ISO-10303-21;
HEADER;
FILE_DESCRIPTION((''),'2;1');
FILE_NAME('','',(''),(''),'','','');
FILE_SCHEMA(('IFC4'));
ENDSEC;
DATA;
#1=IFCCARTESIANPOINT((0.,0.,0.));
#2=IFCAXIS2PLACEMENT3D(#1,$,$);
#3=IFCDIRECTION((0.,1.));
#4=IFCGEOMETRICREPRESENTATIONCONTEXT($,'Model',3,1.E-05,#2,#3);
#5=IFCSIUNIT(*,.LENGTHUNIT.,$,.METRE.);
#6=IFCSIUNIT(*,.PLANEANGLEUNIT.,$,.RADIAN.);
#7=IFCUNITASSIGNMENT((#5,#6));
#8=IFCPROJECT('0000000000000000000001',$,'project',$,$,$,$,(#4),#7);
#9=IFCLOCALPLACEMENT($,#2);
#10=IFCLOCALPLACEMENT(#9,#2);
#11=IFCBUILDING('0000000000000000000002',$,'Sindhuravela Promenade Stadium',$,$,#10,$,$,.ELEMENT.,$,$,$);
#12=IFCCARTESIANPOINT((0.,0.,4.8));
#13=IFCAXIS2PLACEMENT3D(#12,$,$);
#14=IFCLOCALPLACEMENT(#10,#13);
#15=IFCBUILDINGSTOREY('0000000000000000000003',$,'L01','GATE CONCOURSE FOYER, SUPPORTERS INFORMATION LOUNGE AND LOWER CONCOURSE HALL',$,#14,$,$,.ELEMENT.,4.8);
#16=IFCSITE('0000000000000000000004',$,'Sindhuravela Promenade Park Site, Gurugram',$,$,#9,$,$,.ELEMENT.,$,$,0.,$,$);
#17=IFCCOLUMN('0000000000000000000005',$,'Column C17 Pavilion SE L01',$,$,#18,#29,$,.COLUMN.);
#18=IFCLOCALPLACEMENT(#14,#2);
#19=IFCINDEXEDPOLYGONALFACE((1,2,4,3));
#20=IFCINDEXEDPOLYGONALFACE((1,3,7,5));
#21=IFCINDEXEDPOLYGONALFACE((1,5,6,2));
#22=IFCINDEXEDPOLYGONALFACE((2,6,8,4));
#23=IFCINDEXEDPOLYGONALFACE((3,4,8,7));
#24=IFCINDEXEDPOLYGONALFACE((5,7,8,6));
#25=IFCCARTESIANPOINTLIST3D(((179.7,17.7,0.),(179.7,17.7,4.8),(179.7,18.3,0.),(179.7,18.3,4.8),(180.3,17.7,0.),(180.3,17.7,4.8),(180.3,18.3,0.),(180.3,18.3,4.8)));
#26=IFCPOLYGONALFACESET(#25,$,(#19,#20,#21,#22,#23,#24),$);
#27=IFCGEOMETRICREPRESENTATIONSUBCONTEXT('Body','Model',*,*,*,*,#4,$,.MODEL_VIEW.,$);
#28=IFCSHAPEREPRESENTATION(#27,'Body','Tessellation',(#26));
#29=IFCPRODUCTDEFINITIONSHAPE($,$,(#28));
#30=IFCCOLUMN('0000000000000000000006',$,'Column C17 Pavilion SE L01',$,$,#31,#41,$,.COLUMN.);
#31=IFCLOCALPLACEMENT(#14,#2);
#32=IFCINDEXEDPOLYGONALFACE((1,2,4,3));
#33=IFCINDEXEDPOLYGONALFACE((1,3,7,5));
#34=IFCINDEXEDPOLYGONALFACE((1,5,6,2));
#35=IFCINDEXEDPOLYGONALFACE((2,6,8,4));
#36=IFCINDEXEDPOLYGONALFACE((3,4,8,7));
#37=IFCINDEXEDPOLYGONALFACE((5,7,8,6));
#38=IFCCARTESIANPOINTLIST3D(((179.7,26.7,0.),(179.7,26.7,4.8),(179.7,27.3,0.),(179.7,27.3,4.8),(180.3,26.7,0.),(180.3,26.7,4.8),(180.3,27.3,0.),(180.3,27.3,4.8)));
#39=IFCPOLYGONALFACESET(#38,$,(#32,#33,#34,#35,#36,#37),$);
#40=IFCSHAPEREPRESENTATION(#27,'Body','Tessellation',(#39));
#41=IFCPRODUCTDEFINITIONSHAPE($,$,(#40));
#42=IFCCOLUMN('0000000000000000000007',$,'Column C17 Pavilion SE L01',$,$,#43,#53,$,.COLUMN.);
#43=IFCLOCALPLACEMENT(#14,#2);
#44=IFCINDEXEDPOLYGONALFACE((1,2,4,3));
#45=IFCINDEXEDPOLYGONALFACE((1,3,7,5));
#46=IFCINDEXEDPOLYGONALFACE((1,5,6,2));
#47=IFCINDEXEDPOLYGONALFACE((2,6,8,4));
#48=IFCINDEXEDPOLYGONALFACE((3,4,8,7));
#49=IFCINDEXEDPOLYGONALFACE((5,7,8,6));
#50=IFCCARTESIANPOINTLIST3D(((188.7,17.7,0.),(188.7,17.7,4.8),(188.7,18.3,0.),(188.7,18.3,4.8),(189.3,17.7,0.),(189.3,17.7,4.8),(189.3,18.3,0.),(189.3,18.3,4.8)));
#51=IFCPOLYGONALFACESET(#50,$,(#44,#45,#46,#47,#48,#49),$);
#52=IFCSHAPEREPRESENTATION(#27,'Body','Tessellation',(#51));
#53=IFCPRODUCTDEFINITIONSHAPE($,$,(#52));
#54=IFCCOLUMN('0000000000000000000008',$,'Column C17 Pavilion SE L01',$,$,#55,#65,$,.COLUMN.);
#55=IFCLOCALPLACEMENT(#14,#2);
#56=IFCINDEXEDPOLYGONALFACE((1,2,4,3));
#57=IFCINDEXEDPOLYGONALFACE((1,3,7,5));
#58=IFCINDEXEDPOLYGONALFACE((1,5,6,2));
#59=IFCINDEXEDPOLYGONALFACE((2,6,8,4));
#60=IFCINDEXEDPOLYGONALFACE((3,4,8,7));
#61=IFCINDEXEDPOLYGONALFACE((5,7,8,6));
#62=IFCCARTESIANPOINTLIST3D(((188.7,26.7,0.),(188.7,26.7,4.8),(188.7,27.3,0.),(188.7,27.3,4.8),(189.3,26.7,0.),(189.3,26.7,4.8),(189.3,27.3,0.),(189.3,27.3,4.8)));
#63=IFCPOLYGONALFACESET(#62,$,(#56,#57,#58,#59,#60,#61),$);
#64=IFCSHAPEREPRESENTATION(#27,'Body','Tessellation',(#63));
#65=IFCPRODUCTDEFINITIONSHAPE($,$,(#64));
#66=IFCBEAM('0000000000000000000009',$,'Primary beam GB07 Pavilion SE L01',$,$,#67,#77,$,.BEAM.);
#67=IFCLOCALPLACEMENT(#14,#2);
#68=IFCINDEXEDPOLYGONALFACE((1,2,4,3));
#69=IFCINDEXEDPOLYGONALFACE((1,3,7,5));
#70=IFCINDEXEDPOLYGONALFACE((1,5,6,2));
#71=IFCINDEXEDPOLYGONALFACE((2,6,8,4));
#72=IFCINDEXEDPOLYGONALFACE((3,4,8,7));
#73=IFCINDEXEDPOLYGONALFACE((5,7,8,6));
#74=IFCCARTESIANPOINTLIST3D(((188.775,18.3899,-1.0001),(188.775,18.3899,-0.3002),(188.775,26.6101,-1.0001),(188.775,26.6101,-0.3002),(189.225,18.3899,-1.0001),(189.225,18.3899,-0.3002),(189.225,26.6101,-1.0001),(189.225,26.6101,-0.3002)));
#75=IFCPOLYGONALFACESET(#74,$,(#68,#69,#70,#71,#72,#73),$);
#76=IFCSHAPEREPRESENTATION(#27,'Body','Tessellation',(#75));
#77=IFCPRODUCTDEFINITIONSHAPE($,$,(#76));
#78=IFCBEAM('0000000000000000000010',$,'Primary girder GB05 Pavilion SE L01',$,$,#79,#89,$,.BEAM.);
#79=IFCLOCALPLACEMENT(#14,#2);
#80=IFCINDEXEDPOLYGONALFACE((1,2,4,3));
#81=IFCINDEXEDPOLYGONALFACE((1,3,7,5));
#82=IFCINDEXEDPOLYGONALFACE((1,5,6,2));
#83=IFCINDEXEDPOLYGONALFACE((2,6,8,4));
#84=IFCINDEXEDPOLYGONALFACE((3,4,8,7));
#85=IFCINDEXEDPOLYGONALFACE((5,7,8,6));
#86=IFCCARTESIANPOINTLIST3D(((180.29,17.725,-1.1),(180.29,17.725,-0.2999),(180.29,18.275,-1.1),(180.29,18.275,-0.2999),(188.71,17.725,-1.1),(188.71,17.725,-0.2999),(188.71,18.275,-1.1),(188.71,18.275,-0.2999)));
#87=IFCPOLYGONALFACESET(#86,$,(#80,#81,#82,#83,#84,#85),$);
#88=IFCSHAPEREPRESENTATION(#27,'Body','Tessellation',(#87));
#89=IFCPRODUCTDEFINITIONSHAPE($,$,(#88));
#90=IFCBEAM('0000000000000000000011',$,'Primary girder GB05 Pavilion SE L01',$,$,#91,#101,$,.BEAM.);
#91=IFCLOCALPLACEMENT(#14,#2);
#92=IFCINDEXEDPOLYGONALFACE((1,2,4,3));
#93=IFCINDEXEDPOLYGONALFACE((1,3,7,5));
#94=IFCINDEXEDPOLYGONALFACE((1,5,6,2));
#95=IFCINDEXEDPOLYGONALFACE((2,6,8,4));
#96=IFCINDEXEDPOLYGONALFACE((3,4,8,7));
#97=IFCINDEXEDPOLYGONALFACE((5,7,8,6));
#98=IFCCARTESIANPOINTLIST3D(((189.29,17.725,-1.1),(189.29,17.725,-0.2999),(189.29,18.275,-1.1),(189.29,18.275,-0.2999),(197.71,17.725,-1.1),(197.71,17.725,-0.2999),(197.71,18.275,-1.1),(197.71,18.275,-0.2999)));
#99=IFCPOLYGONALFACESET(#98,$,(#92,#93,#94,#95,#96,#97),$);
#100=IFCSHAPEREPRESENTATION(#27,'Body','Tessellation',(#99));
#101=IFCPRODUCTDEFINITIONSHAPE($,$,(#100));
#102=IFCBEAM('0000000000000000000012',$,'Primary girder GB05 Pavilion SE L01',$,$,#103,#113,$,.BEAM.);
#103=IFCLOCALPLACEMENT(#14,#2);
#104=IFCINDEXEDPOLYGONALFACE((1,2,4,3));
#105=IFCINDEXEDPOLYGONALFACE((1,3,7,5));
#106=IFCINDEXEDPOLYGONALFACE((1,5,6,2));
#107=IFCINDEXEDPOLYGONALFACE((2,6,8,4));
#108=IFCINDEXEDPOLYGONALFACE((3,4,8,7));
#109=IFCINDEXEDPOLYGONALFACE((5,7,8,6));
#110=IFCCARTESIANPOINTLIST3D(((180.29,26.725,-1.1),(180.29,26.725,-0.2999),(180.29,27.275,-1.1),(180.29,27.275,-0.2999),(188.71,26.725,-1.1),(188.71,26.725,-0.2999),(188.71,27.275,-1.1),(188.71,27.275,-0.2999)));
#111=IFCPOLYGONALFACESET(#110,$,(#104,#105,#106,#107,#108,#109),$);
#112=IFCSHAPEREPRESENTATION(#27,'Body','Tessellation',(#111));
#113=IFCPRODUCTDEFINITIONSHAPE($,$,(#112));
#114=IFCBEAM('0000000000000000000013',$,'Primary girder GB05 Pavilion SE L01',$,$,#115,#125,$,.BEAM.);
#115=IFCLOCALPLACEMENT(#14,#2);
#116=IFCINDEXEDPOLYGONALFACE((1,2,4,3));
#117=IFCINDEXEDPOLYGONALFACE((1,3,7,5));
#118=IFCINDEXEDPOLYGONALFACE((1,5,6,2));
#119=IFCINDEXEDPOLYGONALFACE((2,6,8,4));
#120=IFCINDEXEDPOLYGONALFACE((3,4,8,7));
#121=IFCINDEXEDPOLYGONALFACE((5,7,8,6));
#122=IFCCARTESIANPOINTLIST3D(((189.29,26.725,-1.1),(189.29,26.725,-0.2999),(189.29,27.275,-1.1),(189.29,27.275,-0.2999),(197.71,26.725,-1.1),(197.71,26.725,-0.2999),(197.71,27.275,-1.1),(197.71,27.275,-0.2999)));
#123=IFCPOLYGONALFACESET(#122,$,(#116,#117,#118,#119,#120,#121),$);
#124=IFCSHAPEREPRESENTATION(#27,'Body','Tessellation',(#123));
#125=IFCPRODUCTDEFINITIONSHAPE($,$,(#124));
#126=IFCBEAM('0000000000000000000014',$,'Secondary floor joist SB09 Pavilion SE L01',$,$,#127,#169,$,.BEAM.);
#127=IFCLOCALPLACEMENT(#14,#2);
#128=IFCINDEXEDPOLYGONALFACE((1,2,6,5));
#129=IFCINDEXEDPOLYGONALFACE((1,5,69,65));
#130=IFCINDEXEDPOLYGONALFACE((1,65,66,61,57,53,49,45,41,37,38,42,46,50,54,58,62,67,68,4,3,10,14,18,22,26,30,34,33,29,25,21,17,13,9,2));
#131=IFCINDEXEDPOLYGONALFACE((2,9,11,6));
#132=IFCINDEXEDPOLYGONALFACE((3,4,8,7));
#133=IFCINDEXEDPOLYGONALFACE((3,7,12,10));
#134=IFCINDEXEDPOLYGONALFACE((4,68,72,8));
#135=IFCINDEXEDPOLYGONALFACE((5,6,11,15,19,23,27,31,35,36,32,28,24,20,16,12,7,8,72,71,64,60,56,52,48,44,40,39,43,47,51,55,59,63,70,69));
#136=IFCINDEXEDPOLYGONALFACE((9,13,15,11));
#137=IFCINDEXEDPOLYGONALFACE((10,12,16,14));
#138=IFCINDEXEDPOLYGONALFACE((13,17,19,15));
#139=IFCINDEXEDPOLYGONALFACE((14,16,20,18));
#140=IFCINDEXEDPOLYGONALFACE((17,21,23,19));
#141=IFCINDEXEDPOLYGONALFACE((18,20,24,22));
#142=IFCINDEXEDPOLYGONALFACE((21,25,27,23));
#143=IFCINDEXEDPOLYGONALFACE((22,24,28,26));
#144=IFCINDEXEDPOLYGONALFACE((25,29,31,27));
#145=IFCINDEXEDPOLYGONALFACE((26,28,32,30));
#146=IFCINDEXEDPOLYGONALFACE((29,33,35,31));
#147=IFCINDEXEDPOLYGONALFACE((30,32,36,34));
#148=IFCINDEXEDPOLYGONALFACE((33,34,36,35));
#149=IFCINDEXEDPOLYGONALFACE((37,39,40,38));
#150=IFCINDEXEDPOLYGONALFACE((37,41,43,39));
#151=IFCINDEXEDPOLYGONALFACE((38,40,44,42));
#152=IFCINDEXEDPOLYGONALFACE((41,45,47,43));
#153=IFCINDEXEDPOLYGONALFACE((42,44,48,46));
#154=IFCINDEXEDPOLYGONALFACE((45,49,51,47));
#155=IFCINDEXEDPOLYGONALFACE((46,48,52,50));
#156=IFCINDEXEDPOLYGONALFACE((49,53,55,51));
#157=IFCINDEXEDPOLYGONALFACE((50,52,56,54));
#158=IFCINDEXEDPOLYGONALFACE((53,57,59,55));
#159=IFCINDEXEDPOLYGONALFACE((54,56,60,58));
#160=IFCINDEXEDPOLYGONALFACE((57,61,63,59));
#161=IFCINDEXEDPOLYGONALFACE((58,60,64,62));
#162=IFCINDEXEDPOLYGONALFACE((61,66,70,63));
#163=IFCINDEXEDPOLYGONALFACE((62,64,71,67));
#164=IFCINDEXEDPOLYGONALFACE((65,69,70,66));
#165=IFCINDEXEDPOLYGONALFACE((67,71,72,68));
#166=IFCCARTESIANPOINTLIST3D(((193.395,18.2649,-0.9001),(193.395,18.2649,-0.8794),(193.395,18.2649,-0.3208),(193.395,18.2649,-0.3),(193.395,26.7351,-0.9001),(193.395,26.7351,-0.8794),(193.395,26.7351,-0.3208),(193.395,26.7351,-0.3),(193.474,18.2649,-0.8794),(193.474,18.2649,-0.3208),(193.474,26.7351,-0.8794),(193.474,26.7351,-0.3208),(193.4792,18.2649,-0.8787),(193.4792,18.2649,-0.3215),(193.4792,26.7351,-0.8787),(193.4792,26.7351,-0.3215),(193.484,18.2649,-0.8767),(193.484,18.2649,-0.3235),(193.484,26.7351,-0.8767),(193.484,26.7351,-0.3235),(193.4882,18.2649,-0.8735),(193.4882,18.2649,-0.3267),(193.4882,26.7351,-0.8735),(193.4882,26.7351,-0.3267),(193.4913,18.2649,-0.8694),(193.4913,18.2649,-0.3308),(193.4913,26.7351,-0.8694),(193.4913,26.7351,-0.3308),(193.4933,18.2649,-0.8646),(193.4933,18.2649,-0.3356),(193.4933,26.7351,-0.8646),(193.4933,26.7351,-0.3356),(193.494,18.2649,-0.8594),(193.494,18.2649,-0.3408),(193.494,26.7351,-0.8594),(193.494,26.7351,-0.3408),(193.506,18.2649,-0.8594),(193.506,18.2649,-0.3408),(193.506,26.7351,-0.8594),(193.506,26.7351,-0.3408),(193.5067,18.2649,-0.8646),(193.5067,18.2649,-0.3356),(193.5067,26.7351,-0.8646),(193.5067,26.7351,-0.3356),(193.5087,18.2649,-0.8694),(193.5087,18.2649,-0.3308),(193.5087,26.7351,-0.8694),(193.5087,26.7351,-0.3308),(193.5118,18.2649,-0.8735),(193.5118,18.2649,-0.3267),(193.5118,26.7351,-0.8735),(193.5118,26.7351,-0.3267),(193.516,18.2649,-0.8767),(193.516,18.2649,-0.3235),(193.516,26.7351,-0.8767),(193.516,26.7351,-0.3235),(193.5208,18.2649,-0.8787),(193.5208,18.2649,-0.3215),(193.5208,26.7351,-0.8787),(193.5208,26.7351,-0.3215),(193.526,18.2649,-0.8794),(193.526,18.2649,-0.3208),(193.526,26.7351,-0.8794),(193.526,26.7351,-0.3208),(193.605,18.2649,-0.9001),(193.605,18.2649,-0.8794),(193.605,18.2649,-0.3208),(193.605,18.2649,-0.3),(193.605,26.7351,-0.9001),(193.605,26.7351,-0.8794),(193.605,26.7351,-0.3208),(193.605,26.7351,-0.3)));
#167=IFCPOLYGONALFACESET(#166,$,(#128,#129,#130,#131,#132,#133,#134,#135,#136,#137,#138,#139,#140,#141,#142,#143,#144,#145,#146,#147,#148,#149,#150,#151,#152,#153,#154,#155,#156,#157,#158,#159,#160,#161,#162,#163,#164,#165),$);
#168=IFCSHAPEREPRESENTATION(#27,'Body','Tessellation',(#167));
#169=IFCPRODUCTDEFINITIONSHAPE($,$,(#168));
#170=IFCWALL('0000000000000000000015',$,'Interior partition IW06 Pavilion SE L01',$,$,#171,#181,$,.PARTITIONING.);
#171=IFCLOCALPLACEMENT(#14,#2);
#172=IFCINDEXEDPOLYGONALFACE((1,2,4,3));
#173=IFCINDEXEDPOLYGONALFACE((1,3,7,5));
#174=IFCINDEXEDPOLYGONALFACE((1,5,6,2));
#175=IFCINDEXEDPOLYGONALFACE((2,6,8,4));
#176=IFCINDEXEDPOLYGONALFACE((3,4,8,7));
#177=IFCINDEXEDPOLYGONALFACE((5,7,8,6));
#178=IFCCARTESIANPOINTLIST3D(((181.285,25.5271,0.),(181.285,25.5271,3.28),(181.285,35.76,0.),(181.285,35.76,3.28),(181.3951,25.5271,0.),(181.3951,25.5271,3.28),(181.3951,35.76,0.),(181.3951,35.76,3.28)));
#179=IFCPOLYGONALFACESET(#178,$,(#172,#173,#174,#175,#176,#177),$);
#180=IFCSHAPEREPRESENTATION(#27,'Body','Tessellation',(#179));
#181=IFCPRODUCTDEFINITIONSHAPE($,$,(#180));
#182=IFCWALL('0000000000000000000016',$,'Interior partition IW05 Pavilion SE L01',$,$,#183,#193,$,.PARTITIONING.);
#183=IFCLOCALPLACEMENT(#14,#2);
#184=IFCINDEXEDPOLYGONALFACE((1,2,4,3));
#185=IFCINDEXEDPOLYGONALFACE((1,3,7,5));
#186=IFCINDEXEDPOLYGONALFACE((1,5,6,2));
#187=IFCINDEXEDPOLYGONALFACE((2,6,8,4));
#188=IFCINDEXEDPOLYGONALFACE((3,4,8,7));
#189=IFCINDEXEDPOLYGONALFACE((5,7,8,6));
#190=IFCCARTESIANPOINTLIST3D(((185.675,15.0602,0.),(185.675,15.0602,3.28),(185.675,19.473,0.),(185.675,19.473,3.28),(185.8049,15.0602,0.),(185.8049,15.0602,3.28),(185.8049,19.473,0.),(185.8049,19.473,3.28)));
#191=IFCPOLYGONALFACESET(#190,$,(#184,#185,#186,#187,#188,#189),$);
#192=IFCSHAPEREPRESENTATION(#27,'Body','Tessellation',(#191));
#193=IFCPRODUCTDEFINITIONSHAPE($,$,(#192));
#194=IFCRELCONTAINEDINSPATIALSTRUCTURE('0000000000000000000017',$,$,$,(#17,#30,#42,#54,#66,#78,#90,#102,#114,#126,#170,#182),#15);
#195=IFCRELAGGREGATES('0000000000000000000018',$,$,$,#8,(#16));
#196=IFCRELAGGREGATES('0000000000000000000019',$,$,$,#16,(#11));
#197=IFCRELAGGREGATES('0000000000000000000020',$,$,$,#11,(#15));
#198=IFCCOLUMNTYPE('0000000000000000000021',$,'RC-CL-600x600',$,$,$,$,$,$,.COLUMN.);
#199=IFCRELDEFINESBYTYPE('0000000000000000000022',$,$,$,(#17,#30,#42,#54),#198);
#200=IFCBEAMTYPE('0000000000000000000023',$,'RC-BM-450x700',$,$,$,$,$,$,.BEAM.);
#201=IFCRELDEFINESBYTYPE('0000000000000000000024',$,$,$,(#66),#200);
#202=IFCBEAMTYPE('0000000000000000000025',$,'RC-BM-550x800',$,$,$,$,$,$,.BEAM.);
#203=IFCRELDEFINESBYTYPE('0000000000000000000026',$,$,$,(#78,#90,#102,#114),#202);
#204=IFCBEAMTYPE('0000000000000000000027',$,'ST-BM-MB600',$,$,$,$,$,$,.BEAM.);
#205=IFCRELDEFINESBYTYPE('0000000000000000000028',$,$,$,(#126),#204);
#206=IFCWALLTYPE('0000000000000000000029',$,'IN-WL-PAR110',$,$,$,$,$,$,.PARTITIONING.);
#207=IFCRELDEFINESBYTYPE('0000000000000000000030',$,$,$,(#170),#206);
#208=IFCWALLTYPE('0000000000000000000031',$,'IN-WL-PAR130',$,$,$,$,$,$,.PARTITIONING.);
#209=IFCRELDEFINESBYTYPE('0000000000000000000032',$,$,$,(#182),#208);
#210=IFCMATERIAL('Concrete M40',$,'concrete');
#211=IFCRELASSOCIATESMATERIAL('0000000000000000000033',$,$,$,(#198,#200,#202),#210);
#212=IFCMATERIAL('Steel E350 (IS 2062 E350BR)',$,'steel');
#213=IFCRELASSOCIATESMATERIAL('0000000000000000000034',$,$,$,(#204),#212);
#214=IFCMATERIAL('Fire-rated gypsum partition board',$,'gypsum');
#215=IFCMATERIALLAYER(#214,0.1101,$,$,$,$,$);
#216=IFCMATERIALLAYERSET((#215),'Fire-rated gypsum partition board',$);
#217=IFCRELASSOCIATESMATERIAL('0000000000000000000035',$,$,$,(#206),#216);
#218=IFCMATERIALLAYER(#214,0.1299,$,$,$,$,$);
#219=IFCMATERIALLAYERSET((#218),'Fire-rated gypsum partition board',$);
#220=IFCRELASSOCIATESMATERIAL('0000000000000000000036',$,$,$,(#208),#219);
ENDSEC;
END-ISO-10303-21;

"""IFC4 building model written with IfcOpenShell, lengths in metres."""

from ifc_helpers import new_model, si_unit, direction, frame, frame_2d, origin, origin_2d, place, context, subcontext, project, spatial, rectangle, i_section, extrude, material, layer, layer_set, material_profile, profile_set, type_object, element, save


model = new_model("IFC4")

# Units and contexts
model_context = context("Model", 3, precision=1e-05, world=origin(), true_north=direction((0.0, 1.0)))
body_context = subcontext(model_context, "Body", "Model", "MODEL_VIEW")
ifc_project = project(units=[si_unit("LENGTHUNIT", "METRE"), si_unit("PLANEANGLEUNIT", "RADIAN")], contexts=[model_context])

# Site, building, storey
site_placement = place(None, origin())
site = spatial("IfcSite", under=ifc_project, at=site_placement, Name="Sindhuravela Promenade Park Site, Gurugram", CompositionType="ELEMENT", RefElevation=0.0)
building_placement = place(site_placement, origin())
building = spatial("IfcBuilding", under=site, at=building_placement, Name="Sindhuravela Promenade Stadium", CompositionType="ELEMENT")
storey_placement = place(building_placement, frame((0.0, 0.0, 4.8)))
storey = spatial("IfcBuildingStorey", under=building, at=storey_placement, Name="L01", Description="GATE CONCOURSE FOYER, SUPPORTERS INFORMATION LOUNGE AND LOWER CONCOURSE HALL", CompositionType="ELEMENT", Elevation=4.8)

# Columns
ifc_material_1 = material(Name="Concrete M40", Category="concrete")
ifc_material_profile_1 = material_profile(ifc_material_1, rectangle(XDim=0.6001, YDim=0.6001, at=origin_2d()), Name="RC 600x600")
ifc_profile_set_1 = profile_set([ifc_material_profile_1], Name="Concrete M40")
column_type = type_object("IfcColumnType", Name="RC-CL-600x600", PredefinedType="COLUMN", material=ifc_profile_set_1)
for number, where, z_axis, x_axis, name in (
    (1, (180.0, 18.0, 0.0), (0.0, 0.0, 1.0), (1.0, 0.0, 0.0), "Column C17 Pavilion SE L01"),
    (2, (180.0, 27.0, 0.0), (0.0, 0.0, 1.0), (1.0, 0.0, 0.0), "Column C17 Pavilion SE L01"),
    (3, (189.0, 18.0, 0.0), (0.0, 0.0, 1.0), (1.0, 0.0, 0.0), "Column C17 Pavilion SE L01"),
    (4, (189.0, 27.0, 0.0), (0.0, 0.0, 1.0), (1.0, 0.0, 0.0), "Column C17 Pavilion SE L01"),
):
    element("IfcColumn", number, at=place(storey_placement, frame(where, z_axis=z_axis, x_axis=x_axis)), inside=storey, type_object=column_type, Name=name, PredefinedType="COLUMN", context=body_context, shape_type="SweptSolid", body=[
        extrude(rectangle(XDim=0.6001, YDim=0.6001, at=origin_2d()), origin(), (0.0, 0.0, 1.0), 4.8),
    ])

# Beams
ifc_material_profile_2 = material_profile(ifc_material_1, rectangle(XDim=0.45, YDim=0.7, at=origin_2d()), Name="RC 450x700")
ifc_profile_set_2 = profile_set([ifc_material_profile_2], Name="Concrete M40")
beam_type_1 = type_object("IfcBeamType", Name="RC-BM-450x700", PredefinedType="BEAM", material=ifc_profile_set_2)
beam_1_placement = place(storey_placement, frame((189.0, 18.3899, -0.6501), z_axis=(0.0, 1.0, 0.0), x_axis=(-1.0, 0.0, 0.0)))
element("IfcBeam", 5, at=beam_1_placement, inside=storey, type_object=beam_type_1, Name="Primary beam GB07 Pavilion SE L01", PredefinedType="BEAM", context=body_context, shape_type="SweptSolid", body=[
    extrude(rectangle(XDim=0.45, YDim=0.7, at=origin_2d()), origin(), (0.0, 0.0, 1.0), 8.2202),
])
ifc_material_profile_3 = material_profile(ifc_material_1, rectangle(XDim=0.55, YDim=0.8, at=origin_2d()), Name="RC 550x800")
ifc_profile_set_3 = profile_set([ifc_material_profile_3], Name="Concrete M40")
beam_type_2 = type_object("IfcBeamType", Name="RC-BM-550x800", PredefinedType="BEAM", material=ifc_profile_set_3)
for number, where, z_axis, x_axis, name in (
    (6, (180.29, 18.0, -0.7), (1.0, 0.0, 0.0), (0.0, 1.0, 0.0), "Primary girder GB05 Pavilion SE L01"),
    (7, (189.29, 18.0, -0.7), (1.0, 0.0, 0.0), (0.0, 1.0, 0.0), "Primary girder GB05 Pavilion SE L01"),
    (8, (180.29, 27.0, -0.7), (1.0, 0.0, 0.0), (0.0, 1.0, 0.0), "Primary girder GB05 Pavilion SE L01"),
    (9, (189.29, 27.0, -0.7), (1.0, 0.0, 0.0), (0.0, 1.0, 0.0), "Primary girder GB05 Pavilion SE L01"),
):
    element("IfcBeam", number, at=place(storey_placement, frame(where, z_axis=z_axis, x_axis=x_axis)), inside=storey, type_object=beam_type_2, Name=name, PredefinedType="BEAM", context=body_context, shape_type="SweptSolid", body=[
        extrude(rectangle(XDim=0.55, YDim=0.8, at=origin_2d()), origin(), (0.0, 0.0, 1.0), 8.4199),
    ])
ifc_material_2 = material(Name="Steel E350 (IS 2062 E350BR)", Category="steel")
ifc_material_profile_4 = material_profile(ifc_material_2, i_section(OverallWidth=0.21, OverallDepth=0.6001, WebThickness=0.012, FlangeThickness=0.0208, FilletRadius=0.02, at=origin_2d()), Name="ISMB 600")
ifc_profile_set_4 = profile_set([ifc_material_profile_4], Name="Steel E350 (IS 2062 E350BR)")
beam_type_3 = type_object("IfcBeamType", Name="ST-BM-MB600", PredefinedType="BEAM", material=ifc_profile_set_4)
beam_2_placement = place(storey_placement, frame((193.5, 18.2649, -0.6001), z_axis=(0.0, 1.0, 0.0), x_axis=(-1.0, 0.0, 0.0)))
element("IfcBeam", 10, at=beam_2_placement, inside=storey, type_object=beam_type_3, Name="Secondary floor joist SB09 Pavilion SE L01", PredefinedType="BEAM", context=body_context, shape_type="SweptSolid", body=[
    extrude(i_section(OverallWidth=0.21, OverallDepth=0.6001, WebThickness=0.012, FlangeThickness=0.0208, FilletRadius=0.02, at=origin_2d()), origin(), (0.0, 0.0, 1.0), 8.4702),
])

# Walls
ifc_material_3 = material(Name="Fire-rated gypsum partition board", Category="gypsum")
ifc_layer_1 = layer(ifc_material_3, 0.1101)
ifc_layer_set_1 = layer_set([ifc_layer_1], Name="Fire-rated gypsum partition board")
wall_type_1 = type_object("IfcWallType", Name="IN-WL-PAR110", PredefinedType="PARTITIONING", material=ifc_layer_set_1)
wall_1_placement = place(storey_placement, frame((181.3401, 25.5271, 0.0), z_axis=(0.0, 0.0, 1.0), x_axis=(0.0, 1.0, 0.0)))
element("IfcWall", 11, at=wall_1_placement, inside=storey, type_object=wall_type_1, Name="Interior partition IW06 Pavilion SE L01", PredefinedType="PARTITIONING", context=body_context, shape_type="SweptSolid", body=[
    extrude(rectangle(XDim=10.2329, YDim=0.1101, at=frame_2d((5.1165, 0.0))), origin(), (0.0, 0.0, 1.0), 3.28),
])
ifc_layer_2 = layer(ifc_material_3, 0.1299)
ifc_layer_set_2 = layer_set([ifc_layer_2], Name="Fire-rated gypsum partition board")
wall_type_2 = type_object("IfcWallType", Name="IN-WL-PAR130", PredefinedType="PARTITIONING", material=ifc_layer_set_2)
wall_2_placement = place(storey_placement, frame((185.74, 15.0601, 0.0), z_axis=(0.0, 0.0, 1.0), x_axis=(0.0, 1.0, 0.0)))
element("IfcWall", 12, at=wall_2_placement, inside=storey, type_object=wall_type_2, Name="Interior partition IW05 Pavilion SE L01", PredefinedType="PARTITIONING", context=body_context, shape_type="SweptSolid", body=[
    extrude(rectangle(XDim=4.4128, YDim=0.1299, at=frame_2d((2.2065, 0.0))), origin(), (0.0, 0.0, 1.0), 3.28),
])

save(model, "model.ifc")
